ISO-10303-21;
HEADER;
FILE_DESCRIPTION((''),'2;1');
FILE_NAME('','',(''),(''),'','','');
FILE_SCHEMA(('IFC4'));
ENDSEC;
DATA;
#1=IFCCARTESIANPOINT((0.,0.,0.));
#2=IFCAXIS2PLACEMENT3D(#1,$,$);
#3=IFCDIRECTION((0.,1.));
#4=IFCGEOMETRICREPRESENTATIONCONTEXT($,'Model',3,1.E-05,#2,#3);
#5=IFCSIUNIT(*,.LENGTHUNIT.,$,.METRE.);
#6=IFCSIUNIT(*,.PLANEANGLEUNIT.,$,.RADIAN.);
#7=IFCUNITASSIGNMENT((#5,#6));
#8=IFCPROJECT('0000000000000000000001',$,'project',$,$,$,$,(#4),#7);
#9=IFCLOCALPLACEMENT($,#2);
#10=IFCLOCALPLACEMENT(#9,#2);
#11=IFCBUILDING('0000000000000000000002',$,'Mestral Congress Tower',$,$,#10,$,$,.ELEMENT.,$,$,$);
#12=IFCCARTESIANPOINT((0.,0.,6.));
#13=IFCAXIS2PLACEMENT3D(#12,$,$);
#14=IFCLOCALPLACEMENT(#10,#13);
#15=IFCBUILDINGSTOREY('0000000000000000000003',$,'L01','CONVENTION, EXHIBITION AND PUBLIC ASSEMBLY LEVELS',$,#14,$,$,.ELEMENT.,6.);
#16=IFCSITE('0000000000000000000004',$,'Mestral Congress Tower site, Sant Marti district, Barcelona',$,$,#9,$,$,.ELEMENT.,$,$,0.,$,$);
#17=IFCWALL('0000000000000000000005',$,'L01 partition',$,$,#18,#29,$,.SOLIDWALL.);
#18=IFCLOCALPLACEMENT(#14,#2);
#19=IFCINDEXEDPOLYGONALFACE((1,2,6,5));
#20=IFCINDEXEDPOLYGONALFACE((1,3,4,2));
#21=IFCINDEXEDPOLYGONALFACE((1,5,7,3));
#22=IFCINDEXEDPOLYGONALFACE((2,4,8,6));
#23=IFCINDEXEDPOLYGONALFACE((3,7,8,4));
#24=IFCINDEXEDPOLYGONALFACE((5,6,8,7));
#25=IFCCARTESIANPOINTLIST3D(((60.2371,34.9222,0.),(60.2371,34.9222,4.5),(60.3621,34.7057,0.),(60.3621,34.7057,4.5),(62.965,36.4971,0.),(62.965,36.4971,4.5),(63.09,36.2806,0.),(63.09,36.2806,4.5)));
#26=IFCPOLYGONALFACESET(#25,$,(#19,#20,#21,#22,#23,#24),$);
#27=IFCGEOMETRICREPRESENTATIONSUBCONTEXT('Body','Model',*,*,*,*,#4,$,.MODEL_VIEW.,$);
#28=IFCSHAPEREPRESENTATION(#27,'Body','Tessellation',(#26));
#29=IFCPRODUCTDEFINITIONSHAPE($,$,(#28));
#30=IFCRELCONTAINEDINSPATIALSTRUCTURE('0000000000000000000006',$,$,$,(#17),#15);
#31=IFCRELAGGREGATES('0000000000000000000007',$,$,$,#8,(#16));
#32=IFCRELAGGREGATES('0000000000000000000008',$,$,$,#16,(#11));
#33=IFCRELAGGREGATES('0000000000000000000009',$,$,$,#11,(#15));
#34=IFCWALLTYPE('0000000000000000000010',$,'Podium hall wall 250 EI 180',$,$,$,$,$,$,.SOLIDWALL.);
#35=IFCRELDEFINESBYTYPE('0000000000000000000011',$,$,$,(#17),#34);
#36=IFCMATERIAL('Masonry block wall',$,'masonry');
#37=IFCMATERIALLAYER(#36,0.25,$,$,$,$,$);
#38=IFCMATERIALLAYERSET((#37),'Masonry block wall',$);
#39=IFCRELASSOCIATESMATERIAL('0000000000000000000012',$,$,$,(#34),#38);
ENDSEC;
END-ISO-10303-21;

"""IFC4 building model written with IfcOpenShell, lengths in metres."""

from ifc_helpers import new_model, si_unit, direction, frame, frame_2d, origin, place, context, subcontext, project, spatial, rectangle, extrude, material, layer, layer_set, type_object, element, save


model = new_model("IFC4")

# Units and contexts
model_context = context("Model", 3, precision=1e-05, world=origin(), true_north=direction((0.0, 1.0)))
body_context = subcontext(model_context, "Body", "Model", "MODEL_VIEW")
ifc_project = project(units=[si_unit("LENGTHUNIT", "METRE"), si_unit("PLANEANGLEUNIT", "RADIAN")], contexts=[model_context])

# Site, building, storey
site_placement = place(None, origin())
site = spatial("IfcSite", under=ifc_project, at=site_placement, Name="Mestral Congress Tower site, Sant Marti district, Barcelona", CompositionType="ELEMENT", RefElevation=0.0)
building_placement = place(site_placement, origin())
building = spatial("IfcBuilding", under=site, at=building_placement, Name="Mestral Congress Tower", CompositionType="ELEMENT")
storey_placement = place(building_placement, frame((0.0, 0.0, 6.0)))
storey = spatial("IfcBuildingStorey", under=building, at=storey_placement, Name="L01", Description="CONVENTION, EXHIBITION AND PUBLIC ASSEMBLY LEVELS", CompositionType="ELEMENT", Elevation=6.0)

# Wall
ifc_material_1 = material(Name="Masonry block wall", Category="masonry")
ifc_layer_1 = layer(ifc_material_1, 0.25)
ifc_layer_set_1 = layer_set([ifc_layer_1], Name="Masonry block wall")
wall_type_1 = type_object("IfcWallType", Name="Podium hall wall 250 EI 180", PredefinedType="SOLIDWALL", material=ifc_layer_set_1)
wall_1_placement = place(storey_placement, frame((60.2996, 34.814, 0.0), z_axis=(0.0, 0.0, 1.0), x_axis=(0.866036, 0.499982, 0.0)))
element("IfcWall", 1, at=wall_1_placement, inside=storey, type_object=wall_type_1, Name="L01 partition", PredefinedType="SOLIDWALL", context=body_context, shape_type="SweptSolid", body=[
    extrude(rectangle(XDim=3.1499, YDim=0.25, at=frame_2d((1.575, 0.0))), origin(), (0.0, 0.0, 1.0), 4.5),
])

save(model, "model.ifc")
